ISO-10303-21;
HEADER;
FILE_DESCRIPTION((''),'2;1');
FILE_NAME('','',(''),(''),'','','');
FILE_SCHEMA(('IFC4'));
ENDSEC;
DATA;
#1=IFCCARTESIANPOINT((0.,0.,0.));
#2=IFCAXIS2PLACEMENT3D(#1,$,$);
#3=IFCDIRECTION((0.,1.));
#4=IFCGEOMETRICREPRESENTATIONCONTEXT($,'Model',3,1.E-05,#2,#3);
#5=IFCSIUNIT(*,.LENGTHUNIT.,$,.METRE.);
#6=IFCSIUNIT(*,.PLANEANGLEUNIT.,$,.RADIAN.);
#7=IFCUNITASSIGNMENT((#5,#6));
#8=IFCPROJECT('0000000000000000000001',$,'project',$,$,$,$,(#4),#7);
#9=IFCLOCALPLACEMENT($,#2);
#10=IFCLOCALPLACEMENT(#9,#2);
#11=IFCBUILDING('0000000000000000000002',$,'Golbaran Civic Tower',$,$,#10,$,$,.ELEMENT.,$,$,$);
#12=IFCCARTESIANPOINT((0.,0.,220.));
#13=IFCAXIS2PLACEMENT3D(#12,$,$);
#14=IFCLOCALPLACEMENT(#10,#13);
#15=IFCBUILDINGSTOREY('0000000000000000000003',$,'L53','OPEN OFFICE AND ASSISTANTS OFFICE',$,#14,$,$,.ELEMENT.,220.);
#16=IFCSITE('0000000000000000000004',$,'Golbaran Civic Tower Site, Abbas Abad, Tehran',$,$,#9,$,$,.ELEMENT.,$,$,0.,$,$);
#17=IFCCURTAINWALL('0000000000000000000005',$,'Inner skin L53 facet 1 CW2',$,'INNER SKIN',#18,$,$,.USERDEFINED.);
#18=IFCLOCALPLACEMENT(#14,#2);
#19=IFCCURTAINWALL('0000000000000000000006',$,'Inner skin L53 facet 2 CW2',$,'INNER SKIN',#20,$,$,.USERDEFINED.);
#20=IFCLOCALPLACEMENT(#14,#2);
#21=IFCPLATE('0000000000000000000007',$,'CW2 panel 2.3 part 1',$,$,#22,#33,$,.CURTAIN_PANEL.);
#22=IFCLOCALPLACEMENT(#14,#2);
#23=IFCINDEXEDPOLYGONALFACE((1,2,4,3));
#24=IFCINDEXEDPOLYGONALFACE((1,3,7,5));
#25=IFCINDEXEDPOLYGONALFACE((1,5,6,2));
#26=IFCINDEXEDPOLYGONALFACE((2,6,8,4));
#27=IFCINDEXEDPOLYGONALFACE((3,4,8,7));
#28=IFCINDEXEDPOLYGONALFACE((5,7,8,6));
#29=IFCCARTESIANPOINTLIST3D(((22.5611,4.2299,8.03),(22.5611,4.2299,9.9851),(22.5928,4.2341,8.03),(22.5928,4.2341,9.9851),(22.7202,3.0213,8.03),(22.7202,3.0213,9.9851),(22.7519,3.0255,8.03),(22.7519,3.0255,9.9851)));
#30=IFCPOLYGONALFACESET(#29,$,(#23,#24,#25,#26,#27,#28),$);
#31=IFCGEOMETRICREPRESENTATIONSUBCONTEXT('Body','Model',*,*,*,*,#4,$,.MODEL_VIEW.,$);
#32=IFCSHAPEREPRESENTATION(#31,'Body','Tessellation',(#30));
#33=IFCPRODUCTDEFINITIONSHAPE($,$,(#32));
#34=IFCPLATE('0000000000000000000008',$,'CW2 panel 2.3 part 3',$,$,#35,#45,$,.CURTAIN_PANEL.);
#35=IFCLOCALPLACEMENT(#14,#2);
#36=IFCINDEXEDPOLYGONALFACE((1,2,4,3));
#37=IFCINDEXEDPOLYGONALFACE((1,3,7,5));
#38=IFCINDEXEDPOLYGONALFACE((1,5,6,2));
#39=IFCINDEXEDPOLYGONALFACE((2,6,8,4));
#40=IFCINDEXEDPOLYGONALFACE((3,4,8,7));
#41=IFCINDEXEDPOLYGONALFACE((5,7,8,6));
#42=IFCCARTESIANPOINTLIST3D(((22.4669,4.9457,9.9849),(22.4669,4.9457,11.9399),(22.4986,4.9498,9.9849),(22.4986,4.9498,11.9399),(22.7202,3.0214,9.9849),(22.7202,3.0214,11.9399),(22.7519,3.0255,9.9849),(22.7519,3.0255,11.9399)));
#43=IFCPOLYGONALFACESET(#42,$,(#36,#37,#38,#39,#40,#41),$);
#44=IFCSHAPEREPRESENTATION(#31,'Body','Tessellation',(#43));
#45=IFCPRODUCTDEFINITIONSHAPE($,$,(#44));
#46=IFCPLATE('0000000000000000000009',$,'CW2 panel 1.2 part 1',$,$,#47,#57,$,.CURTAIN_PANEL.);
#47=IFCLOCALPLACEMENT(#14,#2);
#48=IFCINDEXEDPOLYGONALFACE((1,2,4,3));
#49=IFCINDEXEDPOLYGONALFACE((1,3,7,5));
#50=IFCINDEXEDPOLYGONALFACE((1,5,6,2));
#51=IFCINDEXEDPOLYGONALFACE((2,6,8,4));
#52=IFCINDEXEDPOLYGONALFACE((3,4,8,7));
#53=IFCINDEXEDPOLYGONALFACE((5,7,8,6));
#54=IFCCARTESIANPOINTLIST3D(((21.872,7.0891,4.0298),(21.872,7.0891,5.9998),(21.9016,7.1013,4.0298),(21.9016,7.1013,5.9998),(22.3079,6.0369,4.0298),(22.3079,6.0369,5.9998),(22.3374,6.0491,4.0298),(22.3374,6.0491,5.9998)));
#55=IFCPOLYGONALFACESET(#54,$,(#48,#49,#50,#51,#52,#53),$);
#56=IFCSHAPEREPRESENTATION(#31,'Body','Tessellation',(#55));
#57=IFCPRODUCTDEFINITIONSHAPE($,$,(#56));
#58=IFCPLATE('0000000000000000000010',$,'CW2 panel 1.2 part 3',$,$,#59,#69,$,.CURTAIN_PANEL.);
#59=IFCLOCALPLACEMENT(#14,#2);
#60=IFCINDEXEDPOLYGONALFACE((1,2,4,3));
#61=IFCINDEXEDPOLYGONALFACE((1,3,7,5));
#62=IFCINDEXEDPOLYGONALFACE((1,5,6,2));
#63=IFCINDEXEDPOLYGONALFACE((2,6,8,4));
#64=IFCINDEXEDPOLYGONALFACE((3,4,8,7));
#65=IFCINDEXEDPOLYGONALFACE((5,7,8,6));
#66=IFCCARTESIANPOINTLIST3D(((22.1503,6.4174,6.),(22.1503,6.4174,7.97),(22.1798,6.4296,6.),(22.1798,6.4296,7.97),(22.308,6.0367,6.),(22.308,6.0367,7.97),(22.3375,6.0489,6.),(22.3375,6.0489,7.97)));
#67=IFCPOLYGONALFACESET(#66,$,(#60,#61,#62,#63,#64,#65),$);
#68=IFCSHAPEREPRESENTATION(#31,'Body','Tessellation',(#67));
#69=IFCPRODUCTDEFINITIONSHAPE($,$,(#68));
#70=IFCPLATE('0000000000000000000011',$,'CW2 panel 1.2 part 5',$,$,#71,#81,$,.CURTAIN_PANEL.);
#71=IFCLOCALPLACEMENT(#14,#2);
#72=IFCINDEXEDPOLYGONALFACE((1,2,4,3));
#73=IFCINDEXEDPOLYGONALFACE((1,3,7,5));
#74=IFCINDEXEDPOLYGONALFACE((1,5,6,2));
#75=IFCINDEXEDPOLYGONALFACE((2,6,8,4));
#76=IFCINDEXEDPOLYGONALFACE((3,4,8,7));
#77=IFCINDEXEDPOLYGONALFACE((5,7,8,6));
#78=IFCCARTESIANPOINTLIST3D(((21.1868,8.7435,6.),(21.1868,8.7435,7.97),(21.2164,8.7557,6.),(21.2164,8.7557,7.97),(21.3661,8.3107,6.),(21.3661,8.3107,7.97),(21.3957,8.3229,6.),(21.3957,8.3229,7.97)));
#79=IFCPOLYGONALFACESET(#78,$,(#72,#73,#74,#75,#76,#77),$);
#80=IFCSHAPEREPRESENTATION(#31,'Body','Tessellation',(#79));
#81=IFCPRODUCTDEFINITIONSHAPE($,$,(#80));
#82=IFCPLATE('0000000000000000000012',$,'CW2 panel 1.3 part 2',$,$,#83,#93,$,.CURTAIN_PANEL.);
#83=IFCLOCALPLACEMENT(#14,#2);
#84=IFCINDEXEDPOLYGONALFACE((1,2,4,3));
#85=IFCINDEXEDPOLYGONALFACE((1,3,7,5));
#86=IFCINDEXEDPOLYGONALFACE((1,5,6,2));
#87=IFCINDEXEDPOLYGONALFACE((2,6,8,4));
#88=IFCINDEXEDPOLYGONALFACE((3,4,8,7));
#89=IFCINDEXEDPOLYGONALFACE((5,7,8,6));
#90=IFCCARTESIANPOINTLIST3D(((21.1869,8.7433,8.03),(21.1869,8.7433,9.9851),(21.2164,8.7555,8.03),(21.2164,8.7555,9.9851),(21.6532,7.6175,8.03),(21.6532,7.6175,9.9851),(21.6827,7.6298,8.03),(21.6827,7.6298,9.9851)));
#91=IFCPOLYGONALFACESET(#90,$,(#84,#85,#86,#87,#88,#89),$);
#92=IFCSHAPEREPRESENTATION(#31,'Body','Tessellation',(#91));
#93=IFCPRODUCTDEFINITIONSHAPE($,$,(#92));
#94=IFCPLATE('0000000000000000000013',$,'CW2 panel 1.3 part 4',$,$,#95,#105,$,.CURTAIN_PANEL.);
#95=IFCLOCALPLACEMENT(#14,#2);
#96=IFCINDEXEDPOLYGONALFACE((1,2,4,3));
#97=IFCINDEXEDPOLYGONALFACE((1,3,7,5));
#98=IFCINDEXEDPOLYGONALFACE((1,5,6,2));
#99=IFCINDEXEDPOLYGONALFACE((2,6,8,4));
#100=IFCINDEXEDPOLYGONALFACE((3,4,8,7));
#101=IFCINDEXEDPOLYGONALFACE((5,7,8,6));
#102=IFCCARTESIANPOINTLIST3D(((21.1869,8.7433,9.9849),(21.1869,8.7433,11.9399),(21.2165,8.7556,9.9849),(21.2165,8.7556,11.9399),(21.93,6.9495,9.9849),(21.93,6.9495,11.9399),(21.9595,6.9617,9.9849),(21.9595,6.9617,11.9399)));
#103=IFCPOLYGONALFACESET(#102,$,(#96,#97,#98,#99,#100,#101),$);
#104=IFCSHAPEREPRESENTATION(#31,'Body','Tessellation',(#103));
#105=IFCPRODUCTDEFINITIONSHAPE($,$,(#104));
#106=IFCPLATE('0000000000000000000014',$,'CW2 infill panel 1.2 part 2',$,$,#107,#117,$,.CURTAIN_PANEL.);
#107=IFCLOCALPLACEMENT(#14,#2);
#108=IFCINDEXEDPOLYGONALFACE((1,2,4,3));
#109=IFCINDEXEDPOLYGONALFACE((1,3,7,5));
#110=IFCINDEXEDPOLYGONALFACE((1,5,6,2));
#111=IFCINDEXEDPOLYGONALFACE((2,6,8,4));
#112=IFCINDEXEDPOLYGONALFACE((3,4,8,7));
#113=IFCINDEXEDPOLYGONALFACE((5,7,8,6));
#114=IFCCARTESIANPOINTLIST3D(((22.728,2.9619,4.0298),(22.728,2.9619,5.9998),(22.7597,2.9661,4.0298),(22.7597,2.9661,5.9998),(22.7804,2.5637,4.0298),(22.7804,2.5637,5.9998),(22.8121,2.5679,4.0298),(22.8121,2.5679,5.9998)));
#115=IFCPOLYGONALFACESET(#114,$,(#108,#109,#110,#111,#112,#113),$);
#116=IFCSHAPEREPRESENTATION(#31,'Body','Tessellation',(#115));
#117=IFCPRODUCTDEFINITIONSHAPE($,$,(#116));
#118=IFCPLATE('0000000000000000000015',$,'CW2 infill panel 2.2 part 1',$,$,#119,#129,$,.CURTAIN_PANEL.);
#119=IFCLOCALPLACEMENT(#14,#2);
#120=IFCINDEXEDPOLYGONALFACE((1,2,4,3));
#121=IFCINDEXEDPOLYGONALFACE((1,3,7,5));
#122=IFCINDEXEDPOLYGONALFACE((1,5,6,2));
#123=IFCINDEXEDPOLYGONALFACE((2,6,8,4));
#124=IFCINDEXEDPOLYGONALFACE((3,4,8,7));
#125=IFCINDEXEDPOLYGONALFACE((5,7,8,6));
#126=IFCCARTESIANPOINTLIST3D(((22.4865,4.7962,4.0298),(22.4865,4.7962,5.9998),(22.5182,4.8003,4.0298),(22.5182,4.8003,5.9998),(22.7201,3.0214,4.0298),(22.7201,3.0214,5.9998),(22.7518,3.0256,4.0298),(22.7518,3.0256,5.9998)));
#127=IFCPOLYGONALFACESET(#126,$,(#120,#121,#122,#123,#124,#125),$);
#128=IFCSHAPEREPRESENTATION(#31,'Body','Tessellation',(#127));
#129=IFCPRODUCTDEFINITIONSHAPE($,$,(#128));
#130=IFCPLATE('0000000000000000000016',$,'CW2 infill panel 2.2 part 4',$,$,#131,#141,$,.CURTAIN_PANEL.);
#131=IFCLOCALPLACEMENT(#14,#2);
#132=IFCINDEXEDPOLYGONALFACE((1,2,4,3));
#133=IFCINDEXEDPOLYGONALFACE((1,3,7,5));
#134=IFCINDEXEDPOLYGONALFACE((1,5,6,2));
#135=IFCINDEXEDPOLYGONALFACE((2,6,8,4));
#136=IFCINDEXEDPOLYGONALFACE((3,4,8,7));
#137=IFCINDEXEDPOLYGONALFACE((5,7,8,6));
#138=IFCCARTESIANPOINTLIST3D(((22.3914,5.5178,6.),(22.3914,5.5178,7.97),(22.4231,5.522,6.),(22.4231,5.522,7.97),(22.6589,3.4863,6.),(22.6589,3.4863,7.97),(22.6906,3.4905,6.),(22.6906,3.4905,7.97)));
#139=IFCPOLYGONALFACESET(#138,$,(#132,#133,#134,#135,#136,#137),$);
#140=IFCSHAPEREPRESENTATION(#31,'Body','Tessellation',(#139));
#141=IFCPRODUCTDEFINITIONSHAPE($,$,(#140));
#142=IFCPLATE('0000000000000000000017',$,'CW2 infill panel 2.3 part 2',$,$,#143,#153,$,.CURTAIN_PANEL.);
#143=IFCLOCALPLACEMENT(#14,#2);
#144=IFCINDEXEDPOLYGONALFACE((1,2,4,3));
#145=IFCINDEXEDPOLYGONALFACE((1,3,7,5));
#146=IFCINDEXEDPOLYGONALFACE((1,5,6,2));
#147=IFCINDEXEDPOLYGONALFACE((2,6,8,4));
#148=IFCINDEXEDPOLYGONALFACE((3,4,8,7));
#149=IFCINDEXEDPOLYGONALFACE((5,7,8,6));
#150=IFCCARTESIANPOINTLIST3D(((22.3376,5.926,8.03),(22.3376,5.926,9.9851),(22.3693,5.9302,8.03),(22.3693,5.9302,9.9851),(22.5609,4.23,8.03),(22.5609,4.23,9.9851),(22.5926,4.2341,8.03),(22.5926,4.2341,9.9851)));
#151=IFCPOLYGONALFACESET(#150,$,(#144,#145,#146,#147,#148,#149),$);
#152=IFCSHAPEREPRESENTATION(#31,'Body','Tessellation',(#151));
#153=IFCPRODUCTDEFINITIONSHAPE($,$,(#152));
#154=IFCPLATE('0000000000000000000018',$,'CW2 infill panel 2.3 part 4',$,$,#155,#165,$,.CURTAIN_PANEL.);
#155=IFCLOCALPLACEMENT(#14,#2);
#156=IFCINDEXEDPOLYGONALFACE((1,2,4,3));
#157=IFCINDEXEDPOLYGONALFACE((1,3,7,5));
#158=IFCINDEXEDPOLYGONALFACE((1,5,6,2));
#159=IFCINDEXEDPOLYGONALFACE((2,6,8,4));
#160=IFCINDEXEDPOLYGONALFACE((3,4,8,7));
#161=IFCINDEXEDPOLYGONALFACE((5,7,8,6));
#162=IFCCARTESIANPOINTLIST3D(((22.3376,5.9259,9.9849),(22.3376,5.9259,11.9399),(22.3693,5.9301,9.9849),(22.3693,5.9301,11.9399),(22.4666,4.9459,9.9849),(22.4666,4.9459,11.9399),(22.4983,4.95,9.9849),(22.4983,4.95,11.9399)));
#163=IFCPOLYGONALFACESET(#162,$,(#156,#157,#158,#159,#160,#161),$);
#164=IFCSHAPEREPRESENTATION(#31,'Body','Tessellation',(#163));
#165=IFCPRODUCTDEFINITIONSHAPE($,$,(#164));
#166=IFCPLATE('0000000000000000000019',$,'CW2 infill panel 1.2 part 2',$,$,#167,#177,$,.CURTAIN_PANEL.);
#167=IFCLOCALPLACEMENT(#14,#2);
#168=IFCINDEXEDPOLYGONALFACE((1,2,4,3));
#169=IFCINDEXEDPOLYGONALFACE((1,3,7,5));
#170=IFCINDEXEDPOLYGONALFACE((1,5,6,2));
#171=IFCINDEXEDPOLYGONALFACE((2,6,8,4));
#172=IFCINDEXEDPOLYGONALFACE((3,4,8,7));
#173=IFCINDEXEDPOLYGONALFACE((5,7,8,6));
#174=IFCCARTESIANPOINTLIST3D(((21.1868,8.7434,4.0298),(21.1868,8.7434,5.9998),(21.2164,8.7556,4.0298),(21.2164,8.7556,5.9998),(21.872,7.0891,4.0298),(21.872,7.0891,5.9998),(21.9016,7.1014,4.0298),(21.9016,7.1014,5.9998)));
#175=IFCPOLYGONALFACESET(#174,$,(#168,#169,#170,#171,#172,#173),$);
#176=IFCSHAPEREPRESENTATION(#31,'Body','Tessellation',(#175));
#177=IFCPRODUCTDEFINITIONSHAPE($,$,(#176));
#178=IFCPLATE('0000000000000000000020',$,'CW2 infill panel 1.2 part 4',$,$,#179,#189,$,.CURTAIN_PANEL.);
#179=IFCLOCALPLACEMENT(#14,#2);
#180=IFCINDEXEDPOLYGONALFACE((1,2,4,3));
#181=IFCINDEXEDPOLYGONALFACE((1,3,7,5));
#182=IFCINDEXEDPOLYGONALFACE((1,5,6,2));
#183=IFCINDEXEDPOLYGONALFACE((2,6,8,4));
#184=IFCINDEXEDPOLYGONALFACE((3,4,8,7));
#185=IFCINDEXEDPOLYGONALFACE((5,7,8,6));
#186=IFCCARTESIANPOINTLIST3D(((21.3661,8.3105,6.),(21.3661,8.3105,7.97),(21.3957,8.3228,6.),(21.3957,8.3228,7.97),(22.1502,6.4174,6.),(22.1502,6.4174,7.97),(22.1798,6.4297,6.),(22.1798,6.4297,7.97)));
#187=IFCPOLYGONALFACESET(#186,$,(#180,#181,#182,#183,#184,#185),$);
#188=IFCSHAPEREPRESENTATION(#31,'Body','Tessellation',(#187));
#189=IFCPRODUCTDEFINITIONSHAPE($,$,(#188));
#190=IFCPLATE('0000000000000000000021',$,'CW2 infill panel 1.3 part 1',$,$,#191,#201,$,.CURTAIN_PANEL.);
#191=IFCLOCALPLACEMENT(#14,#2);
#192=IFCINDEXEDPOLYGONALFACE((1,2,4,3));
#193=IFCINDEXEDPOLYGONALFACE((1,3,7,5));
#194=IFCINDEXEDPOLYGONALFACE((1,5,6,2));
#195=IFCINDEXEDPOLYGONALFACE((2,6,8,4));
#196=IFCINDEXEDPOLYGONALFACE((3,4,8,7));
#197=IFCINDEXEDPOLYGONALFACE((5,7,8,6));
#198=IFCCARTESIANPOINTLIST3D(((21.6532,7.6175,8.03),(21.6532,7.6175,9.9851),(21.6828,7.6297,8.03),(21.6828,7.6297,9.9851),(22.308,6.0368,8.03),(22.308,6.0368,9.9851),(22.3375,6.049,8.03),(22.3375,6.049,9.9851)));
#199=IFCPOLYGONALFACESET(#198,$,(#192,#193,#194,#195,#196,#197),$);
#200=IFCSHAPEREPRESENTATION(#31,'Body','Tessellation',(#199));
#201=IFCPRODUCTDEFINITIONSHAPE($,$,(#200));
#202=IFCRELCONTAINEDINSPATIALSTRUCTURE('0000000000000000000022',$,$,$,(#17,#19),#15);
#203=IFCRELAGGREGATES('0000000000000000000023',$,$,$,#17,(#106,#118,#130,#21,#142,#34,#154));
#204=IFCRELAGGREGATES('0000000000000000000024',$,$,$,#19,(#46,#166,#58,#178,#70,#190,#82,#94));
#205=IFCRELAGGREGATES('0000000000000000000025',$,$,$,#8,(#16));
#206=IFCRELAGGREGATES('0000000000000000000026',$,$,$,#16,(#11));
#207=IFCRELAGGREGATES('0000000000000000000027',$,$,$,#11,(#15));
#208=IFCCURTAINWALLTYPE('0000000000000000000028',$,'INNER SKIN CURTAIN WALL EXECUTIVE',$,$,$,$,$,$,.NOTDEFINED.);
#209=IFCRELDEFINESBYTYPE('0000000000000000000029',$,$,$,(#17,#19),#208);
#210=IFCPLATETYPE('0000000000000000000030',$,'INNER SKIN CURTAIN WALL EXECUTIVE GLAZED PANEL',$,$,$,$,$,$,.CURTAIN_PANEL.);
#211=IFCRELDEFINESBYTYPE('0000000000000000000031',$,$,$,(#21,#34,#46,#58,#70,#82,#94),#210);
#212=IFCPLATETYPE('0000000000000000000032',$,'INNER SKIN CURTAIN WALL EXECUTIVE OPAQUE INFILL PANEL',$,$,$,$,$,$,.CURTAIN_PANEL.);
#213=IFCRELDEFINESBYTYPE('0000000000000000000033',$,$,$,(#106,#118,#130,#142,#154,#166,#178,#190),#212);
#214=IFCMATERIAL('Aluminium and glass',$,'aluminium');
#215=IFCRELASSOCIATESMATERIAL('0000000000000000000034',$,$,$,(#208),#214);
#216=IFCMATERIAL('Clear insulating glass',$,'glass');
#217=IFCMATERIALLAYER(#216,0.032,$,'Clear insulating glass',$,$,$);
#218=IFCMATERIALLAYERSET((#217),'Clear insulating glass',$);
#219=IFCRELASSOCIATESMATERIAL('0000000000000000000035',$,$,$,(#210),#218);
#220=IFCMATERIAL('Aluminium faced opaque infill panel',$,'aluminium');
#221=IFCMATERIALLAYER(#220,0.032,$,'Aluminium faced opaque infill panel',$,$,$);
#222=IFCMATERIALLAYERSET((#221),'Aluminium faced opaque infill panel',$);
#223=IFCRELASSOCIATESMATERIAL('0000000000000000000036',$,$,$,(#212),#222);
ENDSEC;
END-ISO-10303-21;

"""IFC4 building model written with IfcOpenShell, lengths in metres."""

from ifc_helpers import new_model, si_unit, direction, frame, origin, origin_2d, place, context, subcontext, project, spatial, rectangle, extrude, material, layer, layer_set, type_object, element, aggregate, save


model = new_model("IFC4")

# Units and contexts
model_context = context("Model", 3, precision=1e-05, world=origin(), true_north=direction((0.0, 1.0)))
body_context = subcontext(model_context, "Body", "Model", "MODEL_VIEW")
ifc_project = project(units=[si_unit("LENGTHUNIT", "METRE"), si_unit("PLANEANGLEUNIT", "RADIAN")], contexts=[model_context])

# Site, building, storey
site_placement = place(None, origin())
site = spatial("IfcSite", under=ifc_project, at=site_placement, Name="Golbaran Civic Tower Site, Abbas Abad, Tehran", CompositionType="ELEMENT", RefElevation=0.0)
building_placement = place(site_placement, origin())
building = spatial("IfcBuilding", under=site, at=building_placement, Name="Golbaran Civic Tower", CompositionType="ELEMENT")
storey_placement = place(building_placement, frame((0.0, 0.0, 220.0)))
storey = spatial("IfcBuildingStorey", under=building, at=storey_placement, Name="L53", Description="OPEN OFFICE AND ASSISTANTS OFFICE", CompositionType="ELEMENT", Elevation=220.0)

# Curtain walls
ifc_material_1 = material(Name="Aluminium and glass", Category="aluminium")
curtain_wall_type = type_object("IfcCurtainWallType", Name="INNER SKIN CURTAIN WALL EXECUTIVE", PredefinedType="NOTDEFINED", material=ifc_material_1)
curtain_wall_1_placement = place(storey_placement, origin())
curtain_wall_1 = element("IfcCurtainWall", 1, at=curtain_wall_1_placement, inside=storey, type_object=curtain_wall_type, Name="Inner skin L53 facet 1 CW2", ObjectType="INNER SKIN", PredefinedType="USERDEFINED")
curtain_wall_2_placement = place(storey_placement, origin())
curtain_wall_2 = element("IfcCurtainWall", 2, at=curtain_wall_2_placement, inside=storey, type_object=curtain_wall_type, Name="Inner skin L53 facet 2 CW2", ObjectType="INNER SKIN", PredefinedType="USERDEFINED")

# Plates
ifc_material_2 = material(Name="Clear insulating glass", Category="glass")
ifc_layer_1 = layer(ifc_material_2, 0.032, Name="Clear insulating glass")
ifc_layer_set_1 = layer_set([ifc_layer_1], Name="Clear insulating glass")
plate_type_1 = type_object("IfcPlateType", Name="INNER SKIN CURTAIN WALL EXECUTIVE GLAZED PANEL", PredefinedType="CURTAIN_PANEL", material=ifc_layer_set_1)
plate_1_placement = place(storey_placement, frame((22.6565, 3.6277, 8.03), z_axis=(0.0, 0.0, 1.0), x_axis=(-0.130526, 0.991445, 0.0)))
plate_1 = element("IfcPlate", 3, at=plate_1_placement, type_object=plate_type_1, Name="CW2 panel 2.3 part 1", PredefinedType="CURTAIN_PANEL", context=body_context, shape_type="SweptSolid", body=[
    extrude(rectangle(XDim=1.219, YDim=0.032, at=origin_2d()), origin(), (0.0, 0.0, 1.0), 1.9551),
])
plate_2_placement = place(storey_placement, frame((22.6094, 3.9856, 9.9849), z_axis=(0.0, 0.0, 1.0), x_axis=(-0.130526, 0.991445, 0.0)))
plate_2 = element("IfcPlate", 4, at=plate_2_placement, type_object=plate_type_1, Name="CW2 panel 2.3 part 3", PredefinedType="CURTAIN_PANEL", context=body_context, shape_type="SweptSolid", body=[
    extrude(rectangle(XDim=1.9409, YDim=0.032, at=origin_2d()), origin(), (0.0, 0.0, 1.0), 1.9551),
])
plate_3_placement = place(storey_placement, frame((22.1047, 6.5691, 4.0298), z_axis=(0.0, 0.0, 1.0), x_axis=(-0.382683, 0.92388, 0.0)))
plate_3 = element("IfcPlate", 5, at=plate_3_placement, type_object=plate_type_1, Name="CW2 panel 1.2 part 1", PredefinedType="CURTAIN_PANEL", context=body_context, shape_type="SweptSolid", body=[
    extrude(rectangle(XDim=1.1389, YDim=0.032, at=origin_2d()), origin(), (0.0, 0.0, 1.0), 1.97),
])
plate_4_placement = place(storey_placement, frame((22.2439, 6.2332, 6.0), z_axis=(0.0, 0.0, 1.0), x_axis=(-0.382683, 0.92388, 0.0)))
plate_4 = element("IfcPlate", 6, at=plate_4_placement, type_object=plate_type_1, Name="CW2 panel 1.2 part 3", PredefinedType="CURTAIN_PANEL", context=body_context, shape_type="SweptSolid", body=[
    extrude(rectangle(XDim=0.4121, YDim=0.032, at=origin_2d()), origin(), (0.0, 0.0, 1.0), 1.97),
])
plate_5_placement = place(storey_placement, frame((21.2913, 8.5332, 6.0), z_axis=(0.0, 0.0, 1.0), x_axis=(-0.382683, 0.92388, 0.0)))
plate_5 = element("IfcPlate", 7, at=plate_5_placement, type_object=plate_type_1, Name="CW2 panel 1.2 part 5", PredefinedType="CURTAIN_PANEL", context=body_context, shape_type="SweptSolid", body=[
    extrude(rectangle(XDim=0.4685, YDim=0.032, at=origin_2d()), origin(), (0.0, 0.0, 1.0), 1.97),
])
plate_6_placement = place(storey_placement, frame((21.4348, 8.1865, 8.03), z_axis=(0.0, 0.0, 1.0), x_axis=(-0.382683, 0.92388, 0.0)))
plate_6 = element("IfcPlate", 8, at=plate_6_placement, type_object=plate_type_1, Name="CW2 panel 1.3 part 2", PredefinedType="CURTAIN_PANEL", context=body_context, shape_type="SweptSolid", body=[
    extrude(rectangle(XDim=1.2185, YDim=0.032, at=origin_2d()), origin(), (0.0, 0.0, 1.0), 1.9551),
])
plate_7_placement = place(storey_placement, frame((21.5732, 7.8525, 9.9849), z_axis=(0.0, 0.0, 1.0), x_axis=(-0.382683, 0.92388, 0.0)))
plate_7 = element("IfcPlate", 9, at=plate_7_placement, type_object=plate_type_1, Name="CW2 panel 1.3 part 4", PredefinedType="CURTAIN_PANEL", context=body_context, shape_type="SweptSolid", body=[
    extrude(rectangle(XDim=1.9417, YDim=0.032, at=origin_2d()), origin(), (0.0, 0.0, 1.0), 1.9551),
])
ifc_material_3 = material(Name="Aluminium faced opaque infill panel", Category="aluminium")
ifc_layer_2 = layer(ifc_material_3, 0.032, Name="Aluminium faced opaque infill panel")
ifc_layer_set_2 = layer_set([ifc_layer_2], Name="Aluminium faced opaque infill panel")
plate_type_2 = type_object("IfcPlateType", Name="INNER SKIN CURTAIN WALL EXECUTIVE OPAQUE INFILL PANEL", PredefinedType="CURTAIN_PANEL", material=ifc_layer_set_2)
plate_8_placement = place(storey_placement, frame((22.77, 2.7649, 4.0298), z_axis=(0.0, 0.0, 1.0), x_axis=(-0.130526, 0.991445, 0.0)))
plate_8 = element("IfcPlate", 10, at=plate_8_placement, type_object=plate_type_2, Name="CW2 infill panel 1.2 part 2", PredefinedType="CURTAIN_PANEL", context=body_context, shape_type="SweptSolid", body=[
    extrude(rectangle(XDim=0.4016, YDim=0.032, at=origin_2d()), origin(), (0.0, 0.0, 1.0), 1.97),
])
plate_9_placement = place(storey_placement, frame((22.6191, 3.9109, 4.0298), z_axis=(0.0, 0.0, 1.0), x_axis=(-0.130526, 0.991445, 0.0)))
plate_9 = element("IfcPlate", 11, at=plate_9_placement, type_object=plate_type_2, Name="CW2 infill panel 2.2 part 1", PredefinedType="CURTAIN_PANEL", context=body_context, shape_type="SweptSolid", body=[
    extrude(rectangle(XDim=1.79, YDim=0.032, at=origin_2d()), origin(), (0.0, 0.0, 1.0), 1.97),
])
plate_10_placement = place(storey_placement, frame((22.541, 4.5042, 6.0), z_axis=(0.0, 0.0, 1.0), x_axis=(-0.130526, 0.991445, 0.0)))
plate_10 = element("IfcPlate", 12, at=plate_10_placement, type_object=plate_type_2, Name="CW2 infill panel 2.2 part 4", PredefinedType="CURTAIN_PANEL", context=body_context, shape_type="SweptSolid", body=[
    extrude(rectangle(XDim=2.0491, YDim=0.032, at=origin_2d()), origin(), (0.0, 0.0, 1.0), 1.97),
])
plate_11_placement = place(storey_placement, frame((22.4651, 5.0801, 8.03), z_axis=(0.0, 0.0, 1.0), x_axis=(-0.130526, 0.991445, 0.0)))
plate_11 = element("IfcPlate", 13, at=plate_11_placement, type_object=plate_type_2, Name="CW2 infill panel 2.3 part 2", PredefinedType="CURTAIN_PANEL", context=body_context, shape_type="SweptSolid", body=[
    extrude(rectangle(XDim=1.7107, YDim=0.032, at=origin_2d()), origin(), (0.0, 0.0, 1.0), 1.9551),
])
plate_12_placement = place(storey_placement, frame((22.418, 5.438, 9.9849), z_axis=(0.0, 0.0, 1.0), x_axis=(-0.130526, 0.991445, 0.0)))
plate_12 = element("IfcPlate", 14, at=plate_12_placement, type_object=plate_type_2, Name="CW2 infill panel 2.3 part 4", PredefinedType="CURTAIN_PANEL", context=body_context, shape_type="SweptSolid", body=[
    extrude(rectangle(XDim=0.9885, YDim=0.032, at=origin_2d()), origin(), (0.0, 0.0, 1.0), 1.9551),
])
aggregate(curtain_wall_1, [plate_8, plate_9, plate_10, plate_1, plate_11, plate_2, plate_12])
plate_13_placement = place(storey_placement, frame((21.5442, 7.9224, 4.0298), z_axis=(0.0, 0.0, 1.0), x_axis=(-0.382683, 0.92388, 0.0)))
plate_13 = element("IfcPlate", 15, at=plate_13_placement, type_object=plate_type_2, Name="CW2 infill panel 1.2 part 2", PredefinedType="CURTAIN_PANEL", context=body_context, shape_type="SweptSolid", body=[
    extrude(rectangle(XDim=1.7905, YDim=0.032, at=origin_2d()), origin(), (0.0, 0.0, 1.0), 1.97),
])
plate_14_placement = place(storey_placement, frame((21.7729, 7.3701, 6.0), z_axis=(0.0, 0.0, 1.0), x_axis=(-0.382683, 0.92388, 0.0)))
plate_14 = element("IfcPlate", 16, at=plate_14_placement, type_object=plate_type_2, Name="CW2 infill panel 1.2 part 4", PredefinedType="CURTAIN_PANEL", context=body_context, shape_type="SweptSolid", body=[
    extrude(rectangle(XDim=2.0491, YDim=0.032, at=origin_2d()), origin(), (0.0, 0.0, 1.0), 1.97),
])
plate_15_placement = place(storey_placement, frame((21.9954, 6.8333, 8.03), z_axis=(0.0, 0.0, 1.0), x_axis=(-0.382683, 0.92388, 0.0)))
plate_15 = element("IfcPlate", 17, at=plate_15_placement, type_object=plate_type_2, Name="CW2 infill panel 1.3 part 1", PredefinedType="CURTAIN_PANEL", context=body_context, shape_type="SweptSolid", body=[
    extrude(rectangle(XDim=1.7109, YDim=0.032, at=origin_2d()), origin(), (0.0, 0.0, 1.0), 1.9551),
])
aggregate(curtain_wall_2, [plate_3, plate_13, plate_4, plate_14, plate_5, plate_15, plate_6, plate_7])

save(model, "model.ifc")
